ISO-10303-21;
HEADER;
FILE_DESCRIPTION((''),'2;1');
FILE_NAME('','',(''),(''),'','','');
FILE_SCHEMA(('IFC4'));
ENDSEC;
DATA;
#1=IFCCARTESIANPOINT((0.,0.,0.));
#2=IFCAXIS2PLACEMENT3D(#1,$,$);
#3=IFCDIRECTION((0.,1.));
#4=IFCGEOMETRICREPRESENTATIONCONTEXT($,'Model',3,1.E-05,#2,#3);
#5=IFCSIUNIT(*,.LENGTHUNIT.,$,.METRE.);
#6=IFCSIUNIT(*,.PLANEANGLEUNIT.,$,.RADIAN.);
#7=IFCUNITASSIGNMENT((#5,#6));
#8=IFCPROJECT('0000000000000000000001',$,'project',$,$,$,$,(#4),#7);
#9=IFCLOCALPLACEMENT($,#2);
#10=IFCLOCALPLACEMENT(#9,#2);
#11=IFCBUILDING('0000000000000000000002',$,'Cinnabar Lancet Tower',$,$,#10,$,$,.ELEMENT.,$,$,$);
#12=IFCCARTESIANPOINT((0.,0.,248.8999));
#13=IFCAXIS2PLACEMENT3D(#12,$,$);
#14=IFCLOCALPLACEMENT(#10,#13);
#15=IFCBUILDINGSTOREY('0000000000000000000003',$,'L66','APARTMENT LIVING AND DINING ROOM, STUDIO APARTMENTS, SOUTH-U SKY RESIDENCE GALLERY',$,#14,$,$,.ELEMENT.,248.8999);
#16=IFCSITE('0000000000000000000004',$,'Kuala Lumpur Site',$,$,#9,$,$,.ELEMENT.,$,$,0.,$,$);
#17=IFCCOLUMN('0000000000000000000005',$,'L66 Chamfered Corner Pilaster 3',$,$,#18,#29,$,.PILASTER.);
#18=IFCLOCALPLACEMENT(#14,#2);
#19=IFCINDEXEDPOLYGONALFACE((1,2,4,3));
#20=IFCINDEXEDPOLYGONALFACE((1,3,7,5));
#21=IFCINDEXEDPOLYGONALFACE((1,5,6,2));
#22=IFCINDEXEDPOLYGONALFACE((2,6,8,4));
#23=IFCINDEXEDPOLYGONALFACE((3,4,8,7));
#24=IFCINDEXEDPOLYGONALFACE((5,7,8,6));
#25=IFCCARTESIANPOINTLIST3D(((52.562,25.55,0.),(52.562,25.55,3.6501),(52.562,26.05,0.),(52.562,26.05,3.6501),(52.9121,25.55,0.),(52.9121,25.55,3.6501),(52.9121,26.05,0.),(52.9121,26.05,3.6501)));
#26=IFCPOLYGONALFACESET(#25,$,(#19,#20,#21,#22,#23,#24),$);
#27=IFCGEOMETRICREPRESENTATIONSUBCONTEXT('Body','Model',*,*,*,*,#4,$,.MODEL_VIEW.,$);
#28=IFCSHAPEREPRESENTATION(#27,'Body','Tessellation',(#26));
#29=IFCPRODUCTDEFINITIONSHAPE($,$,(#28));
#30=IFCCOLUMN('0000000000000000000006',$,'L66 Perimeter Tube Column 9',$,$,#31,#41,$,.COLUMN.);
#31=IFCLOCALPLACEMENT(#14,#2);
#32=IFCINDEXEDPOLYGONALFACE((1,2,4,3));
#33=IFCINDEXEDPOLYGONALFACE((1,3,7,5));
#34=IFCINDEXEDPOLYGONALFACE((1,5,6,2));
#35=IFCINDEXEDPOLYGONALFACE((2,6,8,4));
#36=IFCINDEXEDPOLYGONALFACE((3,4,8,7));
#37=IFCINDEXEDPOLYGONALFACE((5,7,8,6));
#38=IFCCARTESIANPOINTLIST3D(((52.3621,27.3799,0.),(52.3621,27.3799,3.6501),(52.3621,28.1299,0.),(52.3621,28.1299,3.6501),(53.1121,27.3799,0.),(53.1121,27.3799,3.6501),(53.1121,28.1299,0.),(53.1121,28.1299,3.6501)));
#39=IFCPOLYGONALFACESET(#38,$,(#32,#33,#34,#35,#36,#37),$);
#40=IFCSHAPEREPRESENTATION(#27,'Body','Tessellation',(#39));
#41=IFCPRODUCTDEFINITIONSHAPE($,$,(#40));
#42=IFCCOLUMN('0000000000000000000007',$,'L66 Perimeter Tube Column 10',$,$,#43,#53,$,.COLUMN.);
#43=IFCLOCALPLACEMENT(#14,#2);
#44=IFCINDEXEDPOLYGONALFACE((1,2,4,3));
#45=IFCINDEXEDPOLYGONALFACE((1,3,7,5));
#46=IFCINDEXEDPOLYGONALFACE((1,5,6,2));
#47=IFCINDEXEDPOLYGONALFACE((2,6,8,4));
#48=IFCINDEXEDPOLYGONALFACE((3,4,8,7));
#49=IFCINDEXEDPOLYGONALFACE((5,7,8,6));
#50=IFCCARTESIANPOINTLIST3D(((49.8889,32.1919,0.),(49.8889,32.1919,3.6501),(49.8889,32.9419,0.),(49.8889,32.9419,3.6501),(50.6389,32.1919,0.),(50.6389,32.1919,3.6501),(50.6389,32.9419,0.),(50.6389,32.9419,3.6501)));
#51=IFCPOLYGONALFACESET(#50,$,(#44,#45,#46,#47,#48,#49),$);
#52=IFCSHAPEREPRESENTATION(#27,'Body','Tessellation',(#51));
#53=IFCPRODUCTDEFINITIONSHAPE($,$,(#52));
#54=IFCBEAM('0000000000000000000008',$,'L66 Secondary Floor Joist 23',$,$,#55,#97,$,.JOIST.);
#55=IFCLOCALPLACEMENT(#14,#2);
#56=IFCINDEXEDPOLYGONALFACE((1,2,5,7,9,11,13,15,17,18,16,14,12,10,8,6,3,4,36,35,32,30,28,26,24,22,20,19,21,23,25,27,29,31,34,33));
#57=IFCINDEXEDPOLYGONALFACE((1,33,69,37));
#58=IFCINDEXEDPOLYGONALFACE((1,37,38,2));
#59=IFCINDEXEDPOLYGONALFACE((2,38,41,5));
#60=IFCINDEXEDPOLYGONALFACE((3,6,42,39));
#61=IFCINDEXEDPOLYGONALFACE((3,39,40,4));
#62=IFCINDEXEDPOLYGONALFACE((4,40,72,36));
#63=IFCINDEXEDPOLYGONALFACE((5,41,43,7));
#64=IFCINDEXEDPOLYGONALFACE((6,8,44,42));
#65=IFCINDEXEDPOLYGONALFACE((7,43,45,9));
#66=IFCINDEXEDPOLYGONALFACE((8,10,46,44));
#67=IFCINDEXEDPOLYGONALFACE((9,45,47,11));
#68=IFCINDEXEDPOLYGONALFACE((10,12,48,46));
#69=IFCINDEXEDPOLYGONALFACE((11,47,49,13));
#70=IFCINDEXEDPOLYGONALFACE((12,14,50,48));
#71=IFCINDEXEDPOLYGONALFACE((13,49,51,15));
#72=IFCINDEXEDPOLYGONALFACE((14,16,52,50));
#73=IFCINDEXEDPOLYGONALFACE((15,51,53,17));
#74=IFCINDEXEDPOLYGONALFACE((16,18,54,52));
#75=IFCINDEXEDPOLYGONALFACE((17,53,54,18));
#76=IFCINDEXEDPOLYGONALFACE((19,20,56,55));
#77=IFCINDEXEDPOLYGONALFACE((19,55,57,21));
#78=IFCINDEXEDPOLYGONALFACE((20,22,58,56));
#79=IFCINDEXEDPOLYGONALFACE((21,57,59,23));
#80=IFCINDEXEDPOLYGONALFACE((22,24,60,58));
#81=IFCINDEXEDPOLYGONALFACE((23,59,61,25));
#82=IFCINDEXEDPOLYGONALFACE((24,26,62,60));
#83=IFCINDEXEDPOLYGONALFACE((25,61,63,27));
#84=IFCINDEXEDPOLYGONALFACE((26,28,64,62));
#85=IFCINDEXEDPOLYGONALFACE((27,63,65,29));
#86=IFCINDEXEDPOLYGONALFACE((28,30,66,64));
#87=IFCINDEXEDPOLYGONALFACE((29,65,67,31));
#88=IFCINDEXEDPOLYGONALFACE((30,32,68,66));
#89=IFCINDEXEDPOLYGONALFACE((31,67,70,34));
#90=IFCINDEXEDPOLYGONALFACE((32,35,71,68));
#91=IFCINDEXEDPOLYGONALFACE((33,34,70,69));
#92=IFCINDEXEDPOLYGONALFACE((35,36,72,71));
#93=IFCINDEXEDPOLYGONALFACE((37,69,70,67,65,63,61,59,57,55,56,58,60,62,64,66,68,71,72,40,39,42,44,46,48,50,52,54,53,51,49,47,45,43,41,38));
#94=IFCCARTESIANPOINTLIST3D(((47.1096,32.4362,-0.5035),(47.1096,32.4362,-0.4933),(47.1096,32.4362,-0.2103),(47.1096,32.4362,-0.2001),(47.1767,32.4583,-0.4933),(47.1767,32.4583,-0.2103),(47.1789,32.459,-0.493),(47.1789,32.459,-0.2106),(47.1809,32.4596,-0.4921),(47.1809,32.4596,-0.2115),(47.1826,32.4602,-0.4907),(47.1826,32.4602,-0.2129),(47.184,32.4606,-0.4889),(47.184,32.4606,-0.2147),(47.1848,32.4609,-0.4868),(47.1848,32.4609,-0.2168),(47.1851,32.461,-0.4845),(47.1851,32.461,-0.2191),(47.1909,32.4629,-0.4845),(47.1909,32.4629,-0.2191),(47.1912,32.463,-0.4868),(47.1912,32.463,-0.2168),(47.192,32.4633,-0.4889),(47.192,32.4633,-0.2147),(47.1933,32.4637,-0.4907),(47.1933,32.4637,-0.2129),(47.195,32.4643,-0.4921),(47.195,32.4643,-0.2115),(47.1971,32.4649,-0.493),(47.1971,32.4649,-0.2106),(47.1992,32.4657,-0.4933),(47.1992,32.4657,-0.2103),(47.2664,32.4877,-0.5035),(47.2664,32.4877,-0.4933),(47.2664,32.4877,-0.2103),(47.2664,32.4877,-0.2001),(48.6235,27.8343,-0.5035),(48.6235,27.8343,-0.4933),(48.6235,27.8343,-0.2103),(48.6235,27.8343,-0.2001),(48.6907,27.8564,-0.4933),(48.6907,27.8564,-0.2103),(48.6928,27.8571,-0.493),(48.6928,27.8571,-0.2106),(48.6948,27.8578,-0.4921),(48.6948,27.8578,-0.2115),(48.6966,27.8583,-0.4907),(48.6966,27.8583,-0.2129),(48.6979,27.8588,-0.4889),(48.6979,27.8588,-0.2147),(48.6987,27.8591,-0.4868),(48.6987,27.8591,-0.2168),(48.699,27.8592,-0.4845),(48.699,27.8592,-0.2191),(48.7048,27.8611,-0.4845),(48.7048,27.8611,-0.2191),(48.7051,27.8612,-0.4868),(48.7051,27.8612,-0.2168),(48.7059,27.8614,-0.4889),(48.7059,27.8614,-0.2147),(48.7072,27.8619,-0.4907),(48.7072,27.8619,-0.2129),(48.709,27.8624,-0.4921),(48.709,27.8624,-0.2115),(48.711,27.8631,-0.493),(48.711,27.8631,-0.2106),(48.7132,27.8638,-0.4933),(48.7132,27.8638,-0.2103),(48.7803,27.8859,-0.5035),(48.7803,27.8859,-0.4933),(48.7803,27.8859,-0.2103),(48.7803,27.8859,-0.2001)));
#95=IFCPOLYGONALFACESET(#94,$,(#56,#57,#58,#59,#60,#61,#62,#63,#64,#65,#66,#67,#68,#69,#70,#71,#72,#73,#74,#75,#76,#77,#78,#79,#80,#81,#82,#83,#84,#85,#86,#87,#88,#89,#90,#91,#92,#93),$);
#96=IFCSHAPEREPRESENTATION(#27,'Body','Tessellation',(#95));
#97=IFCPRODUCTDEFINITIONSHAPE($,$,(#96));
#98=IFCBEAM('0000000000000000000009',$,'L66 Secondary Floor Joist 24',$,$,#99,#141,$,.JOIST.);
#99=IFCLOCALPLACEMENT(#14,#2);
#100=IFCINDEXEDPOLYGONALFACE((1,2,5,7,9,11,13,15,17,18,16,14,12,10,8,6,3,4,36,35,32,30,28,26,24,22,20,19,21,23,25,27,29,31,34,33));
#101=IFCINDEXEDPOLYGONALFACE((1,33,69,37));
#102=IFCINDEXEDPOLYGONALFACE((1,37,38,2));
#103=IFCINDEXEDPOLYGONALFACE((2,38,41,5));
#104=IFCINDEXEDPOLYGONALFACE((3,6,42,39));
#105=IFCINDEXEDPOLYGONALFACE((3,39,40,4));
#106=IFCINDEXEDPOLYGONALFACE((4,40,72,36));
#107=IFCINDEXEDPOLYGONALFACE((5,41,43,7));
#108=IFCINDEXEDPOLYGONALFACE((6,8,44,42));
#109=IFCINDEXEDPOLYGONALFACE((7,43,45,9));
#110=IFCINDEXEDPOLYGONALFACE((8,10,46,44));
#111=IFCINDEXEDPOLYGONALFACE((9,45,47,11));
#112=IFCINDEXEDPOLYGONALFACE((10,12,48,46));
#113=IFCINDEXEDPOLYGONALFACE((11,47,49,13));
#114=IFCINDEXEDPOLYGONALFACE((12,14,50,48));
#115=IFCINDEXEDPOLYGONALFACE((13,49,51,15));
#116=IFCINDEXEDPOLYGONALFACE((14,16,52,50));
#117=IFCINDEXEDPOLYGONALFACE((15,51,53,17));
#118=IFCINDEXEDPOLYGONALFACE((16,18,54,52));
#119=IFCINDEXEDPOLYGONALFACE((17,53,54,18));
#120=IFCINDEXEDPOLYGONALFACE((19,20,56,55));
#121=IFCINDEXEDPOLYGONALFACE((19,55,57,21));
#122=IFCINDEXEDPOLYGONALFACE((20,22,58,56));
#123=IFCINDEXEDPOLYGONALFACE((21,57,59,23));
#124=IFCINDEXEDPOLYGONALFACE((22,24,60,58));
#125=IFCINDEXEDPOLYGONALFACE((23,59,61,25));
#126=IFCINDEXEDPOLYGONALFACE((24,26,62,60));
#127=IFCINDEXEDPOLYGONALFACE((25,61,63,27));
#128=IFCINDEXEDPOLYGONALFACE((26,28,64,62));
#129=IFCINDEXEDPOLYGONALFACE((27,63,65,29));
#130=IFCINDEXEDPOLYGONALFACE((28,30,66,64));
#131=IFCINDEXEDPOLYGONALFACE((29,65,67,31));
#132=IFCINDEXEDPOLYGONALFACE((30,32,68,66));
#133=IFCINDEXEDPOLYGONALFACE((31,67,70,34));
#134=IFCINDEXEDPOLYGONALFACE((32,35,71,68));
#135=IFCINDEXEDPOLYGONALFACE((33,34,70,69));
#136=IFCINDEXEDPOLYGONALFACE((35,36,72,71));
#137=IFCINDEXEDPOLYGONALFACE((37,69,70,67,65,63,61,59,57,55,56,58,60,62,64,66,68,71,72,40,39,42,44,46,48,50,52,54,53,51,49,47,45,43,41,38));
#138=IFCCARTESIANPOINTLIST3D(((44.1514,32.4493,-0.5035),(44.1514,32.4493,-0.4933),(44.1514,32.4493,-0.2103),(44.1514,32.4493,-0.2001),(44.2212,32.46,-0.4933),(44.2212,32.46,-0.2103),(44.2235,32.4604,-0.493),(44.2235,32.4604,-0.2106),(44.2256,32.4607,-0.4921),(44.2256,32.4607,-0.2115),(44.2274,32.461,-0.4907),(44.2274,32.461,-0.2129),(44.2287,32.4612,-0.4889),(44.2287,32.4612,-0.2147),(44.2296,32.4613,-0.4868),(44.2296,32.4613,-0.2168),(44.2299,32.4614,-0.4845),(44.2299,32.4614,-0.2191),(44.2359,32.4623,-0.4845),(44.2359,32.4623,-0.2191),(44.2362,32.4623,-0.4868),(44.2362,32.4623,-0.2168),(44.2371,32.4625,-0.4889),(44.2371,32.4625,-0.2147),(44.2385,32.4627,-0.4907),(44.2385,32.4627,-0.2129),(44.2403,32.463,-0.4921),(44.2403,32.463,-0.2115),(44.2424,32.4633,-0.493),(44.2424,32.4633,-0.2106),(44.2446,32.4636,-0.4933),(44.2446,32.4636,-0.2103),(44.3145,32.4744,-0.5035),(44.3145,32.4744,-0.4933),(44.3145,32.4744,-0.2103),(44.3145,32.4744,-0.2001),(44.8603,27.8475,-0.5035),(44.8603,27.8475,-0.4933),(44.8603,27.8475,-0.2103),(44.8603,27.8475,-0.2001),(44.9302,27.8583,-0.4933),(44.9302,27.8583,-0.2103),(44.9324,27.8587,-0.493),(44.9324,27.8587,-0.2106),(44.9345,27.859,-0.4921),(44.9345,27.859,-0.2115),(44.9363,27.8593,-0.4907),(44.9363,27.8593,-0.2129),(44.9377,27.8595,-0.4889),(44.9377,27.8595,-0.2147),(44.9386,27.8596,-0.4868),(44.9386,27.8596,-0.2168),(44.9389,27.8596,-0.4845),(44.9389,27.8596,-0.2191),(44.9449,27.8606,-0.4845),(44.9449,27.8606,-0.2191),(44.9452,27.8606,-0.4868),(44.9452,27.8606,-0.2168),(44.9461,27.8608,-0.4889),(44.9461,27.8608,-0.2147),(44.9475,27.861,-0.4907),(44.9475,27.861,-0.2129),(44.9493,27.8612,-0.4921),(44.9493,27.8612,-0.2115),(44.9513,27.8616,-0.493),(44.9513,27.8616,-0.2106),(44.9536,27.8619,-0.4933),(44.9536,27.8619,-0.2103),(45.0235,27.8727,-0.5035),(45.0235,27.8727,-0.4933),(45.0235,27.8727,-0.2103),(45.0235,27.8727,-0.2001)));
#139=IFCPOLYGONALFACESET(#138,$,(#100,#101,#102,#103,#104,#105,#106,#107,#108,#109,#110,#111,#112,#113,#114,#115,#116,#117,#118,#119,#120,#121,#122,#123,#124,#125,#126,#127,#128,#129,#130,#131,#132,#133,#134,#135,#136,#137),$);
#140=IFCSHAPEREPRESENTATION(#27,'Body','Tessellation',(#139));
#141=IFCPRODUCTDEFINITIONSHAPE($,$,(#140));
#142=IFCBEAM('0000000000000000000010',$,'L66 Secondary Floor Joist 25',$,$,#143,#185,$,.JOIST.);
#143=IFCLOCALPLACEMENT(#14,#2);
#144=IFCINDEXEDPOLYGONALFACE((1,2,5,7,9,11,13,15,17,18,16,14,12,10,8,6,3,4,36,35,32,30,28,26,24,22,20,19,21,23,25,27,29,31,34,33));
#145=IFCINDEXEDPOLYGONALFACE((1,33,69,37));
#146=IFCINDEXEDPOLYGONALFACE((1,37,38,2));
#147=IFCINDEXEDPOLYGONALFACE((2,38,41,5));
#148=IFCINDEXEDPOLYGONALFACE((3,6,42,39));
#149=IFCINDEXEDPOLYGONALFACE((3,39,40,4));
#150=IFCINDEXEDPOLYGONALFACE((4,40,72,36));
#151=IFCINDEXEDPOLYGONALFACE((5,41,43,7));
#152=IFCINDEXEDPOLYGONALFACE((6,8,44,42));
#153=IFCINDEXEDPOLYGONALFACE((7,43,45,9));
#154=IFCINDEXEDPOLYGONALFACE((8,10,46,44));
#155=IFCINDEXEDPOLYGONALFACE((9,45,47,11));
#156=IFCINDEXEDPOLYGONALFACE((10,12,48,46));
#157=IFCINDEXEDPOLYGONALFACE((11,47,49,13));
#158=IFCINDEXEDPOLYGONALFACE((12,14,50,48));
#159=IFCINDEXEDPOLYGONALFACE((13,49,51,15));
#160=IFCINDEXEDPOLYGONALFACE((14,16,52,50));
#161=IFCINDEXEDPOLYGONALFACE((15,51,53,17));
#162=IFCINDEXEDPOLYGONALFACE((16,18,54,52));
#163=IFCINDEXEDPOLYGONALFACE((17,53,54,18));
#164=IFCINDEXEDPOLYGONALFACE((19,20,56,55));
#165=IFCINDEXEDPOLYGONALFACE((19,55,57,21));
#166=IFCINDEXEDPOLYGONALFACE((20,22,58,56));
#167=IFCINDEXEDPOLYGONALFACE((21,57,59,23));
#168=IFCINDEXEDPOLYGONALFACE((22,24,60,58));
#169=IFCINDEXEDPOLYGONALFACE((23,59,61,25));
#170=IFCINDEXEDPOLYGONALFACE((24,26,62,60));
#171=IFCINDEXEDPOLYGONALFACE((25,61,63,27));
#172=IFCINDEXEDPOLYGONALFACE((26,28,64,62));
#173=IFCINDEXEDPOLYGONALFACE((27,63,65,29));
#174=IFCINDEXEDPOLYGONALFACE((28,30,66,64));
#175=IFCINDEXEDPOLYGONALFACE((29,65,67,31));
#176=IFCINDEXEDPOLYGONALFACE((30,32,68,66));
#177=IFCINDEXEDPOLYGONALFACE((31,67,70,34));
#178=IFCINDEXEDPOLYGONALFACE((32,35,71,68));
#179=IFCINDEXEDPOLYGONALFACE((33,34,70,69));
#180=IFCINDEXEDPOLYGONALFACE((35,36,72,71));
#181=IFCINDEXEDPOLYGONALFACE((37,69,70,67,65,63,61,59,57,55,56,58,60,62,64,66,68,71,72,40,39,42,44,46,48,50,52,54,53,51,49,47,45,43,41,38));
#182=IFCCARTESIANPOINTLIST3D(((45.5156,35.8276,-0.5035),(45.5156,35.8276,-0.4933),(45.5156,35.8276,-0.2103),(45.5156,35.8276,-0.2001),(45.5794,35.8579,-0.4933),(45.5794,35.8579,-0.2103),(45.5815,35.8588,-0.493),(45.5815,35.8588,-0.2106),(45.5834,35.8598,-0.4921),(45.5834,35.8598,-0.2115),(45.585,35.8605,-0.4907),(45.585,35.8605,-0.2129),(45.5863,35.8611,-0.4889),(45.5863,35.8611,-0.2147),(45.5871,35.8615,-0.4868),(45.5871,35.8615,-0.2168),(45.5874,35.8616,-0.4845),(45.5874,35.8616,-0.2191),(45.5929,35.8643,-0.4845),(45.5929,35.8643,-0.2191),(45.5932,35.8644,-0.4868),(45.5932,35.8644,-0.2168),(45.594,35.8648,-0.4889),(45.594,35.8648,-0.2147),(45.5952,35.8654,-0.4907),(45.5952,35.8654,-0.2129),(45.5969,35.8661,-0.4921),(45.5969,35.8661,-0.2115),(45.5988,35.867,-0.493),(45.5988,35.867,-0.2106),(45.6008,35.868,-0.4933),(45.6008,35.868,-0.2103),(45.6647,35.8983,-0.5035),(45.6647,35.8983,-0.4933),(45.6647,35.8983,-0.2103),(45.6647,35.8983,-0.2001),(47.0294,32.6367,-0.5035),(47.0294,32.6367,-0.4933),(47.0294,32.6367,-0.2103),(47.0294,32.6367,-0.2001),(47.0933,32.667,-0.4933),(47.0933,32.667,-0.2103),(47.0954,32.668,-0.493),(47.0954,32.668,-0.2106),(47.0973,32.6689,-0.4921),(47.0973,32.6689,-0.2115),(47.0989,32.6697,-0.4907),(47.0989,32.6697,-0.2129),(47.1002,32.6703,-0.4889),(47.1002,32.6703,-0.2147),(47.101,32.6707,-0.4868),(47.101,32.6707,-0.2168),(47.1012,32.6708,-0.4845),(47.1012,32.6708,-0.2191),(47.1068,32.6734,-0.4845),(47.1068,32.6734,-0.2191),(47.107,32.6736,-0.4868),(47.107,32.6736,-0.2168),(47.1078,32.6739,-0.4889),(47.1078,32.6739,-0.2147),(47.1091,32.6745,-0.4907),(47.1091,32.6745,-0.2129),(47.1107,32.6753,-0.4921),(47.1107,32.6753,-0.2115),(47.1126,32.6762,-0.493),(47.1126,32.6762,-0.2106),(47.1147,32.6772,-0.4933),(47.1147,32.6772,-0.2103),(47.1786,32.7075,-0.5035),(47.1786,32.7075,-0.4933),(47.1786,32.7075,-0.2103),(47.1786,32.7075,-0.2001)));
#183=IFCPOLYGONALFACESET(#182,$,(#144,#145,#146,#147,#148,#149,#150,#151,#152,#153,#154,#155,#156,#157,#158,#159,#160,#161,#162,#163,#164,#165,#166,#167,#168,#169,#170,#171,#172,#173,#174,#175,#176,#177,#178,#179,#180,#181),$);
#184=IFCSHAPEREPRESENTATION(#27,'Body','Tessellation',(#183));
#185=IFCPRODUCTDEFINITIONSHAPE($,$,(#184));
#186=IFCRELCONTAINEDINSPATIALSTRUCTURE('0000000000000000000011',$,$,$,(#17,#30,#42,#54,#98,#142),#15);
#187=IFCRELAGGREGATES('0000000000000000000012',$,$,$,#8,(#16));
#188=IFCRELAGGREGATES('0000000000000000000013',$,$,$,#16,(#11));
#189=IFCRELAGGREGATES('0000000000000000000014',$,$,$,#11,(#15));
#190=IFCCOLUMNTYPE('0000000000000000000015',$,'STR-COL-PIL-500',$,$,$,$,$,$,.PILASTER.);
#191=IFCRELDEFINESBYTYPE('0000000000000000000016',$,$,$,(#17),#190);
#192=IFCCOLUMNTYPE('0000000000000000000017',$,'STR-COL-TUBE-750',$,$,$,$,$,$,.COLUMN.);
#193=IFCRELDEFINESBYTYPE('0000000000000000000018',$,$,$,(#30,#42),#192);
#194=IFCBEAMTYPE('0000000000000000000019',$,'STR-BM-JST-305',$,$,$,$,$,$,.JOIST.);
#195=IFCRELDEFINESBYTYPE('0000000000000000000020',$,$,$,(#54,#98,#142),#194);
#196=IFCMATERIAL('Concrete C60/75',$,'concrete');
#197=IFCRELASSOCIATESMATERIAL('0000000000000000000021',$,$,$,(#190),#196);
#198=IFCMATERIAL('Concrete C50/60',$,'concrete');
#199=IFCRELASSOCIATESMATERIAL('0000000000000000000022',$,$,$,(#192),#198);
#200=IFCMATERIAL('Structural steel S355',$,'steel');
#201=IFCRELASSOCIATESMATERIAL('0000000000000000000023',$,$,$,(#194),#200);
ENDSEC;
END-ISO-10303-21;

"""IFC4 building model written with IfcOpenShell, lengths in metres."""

from ifc_helpers import new_model, si_unit, direction, frame, origin, origin_2d, place, context, subcontext, project, spatial, rectangle, i_section, extrude, material, material_profile, profile_set, type_object, element, save


model = new_model("IFC4")

# Units and contexts
model_context = context("Model", 3, precision=1e-05, world=origin(), true_north=direction((0.0, 1.0)))
body_context = subcontext(model_context, "Body", "Model", "MODEL_VIEW")
ifc_project = project(units=[si_unit("LENGTHUNIT", "METRE"), si_unit("PLANEANGLEUNIT", "RADIAN")], contexts=[model_context])

# Site, building, storey
site_placement = place(None, origin())
site = spatial("IfcSite", under=ifc_project, at=site_placement, Name="Kuala Lumpur Site", CompositionType="ELEMENT", RefElevation=0.0)
building_placement = place(site_placement, origin())
building = spatial("IfcBuilding", under=site, at=building_placement, Name="Cinnabar Lancet Tower", CompositionType="ELEMENT")
storey_placement = place(building_placement, frame((0.0, 0.0, 248.8999)))
storey = spatial("IfcBuildingStorey", under=building, at=storey_placement, Name="L66", Description="APARTMENT LIVING AND DINING ROOM, STUDIO APARTMENTS, SOUTH-U SKY RESIDENCE GALLERY", CompositionType="ELEMENT", Elevation=248.8999)

# Columns
ifc_material_1 = material(Name="Concrete C60/75", Category="concrete")
ifc_material_profile_1 = material_profile(ifc_material_1, rectangle(XDim=0.5, YDim=0.3501, at=origin_2d()), Name="RC-PIL 500x350")
ifc_profile_set_1 = profile_set([ifc_material_profile_1], Name="Concrete C60/75")
column_type_1 = type_object("IfcColumnType", Name="STR-COL-PIL-500", PredefinedType="PILASTER", material=ifc_profile_set_1)
column_placement = place(storey_placement, frame((52.7371, 25.8, 0.0), z_axis=(0.0, 0.0, 1.0), x_axis=(0.0, 1.0, 0.0)))
element("IfcColumn", 1, at=column_placement, inside=storey, type_object=column_type_1, Name="L66 Chamfered Corner Pilaster 3", PredefinedType="PILASTER", context=body_context, shape_type="SweptSolid", body=[
    extrude(rectangle(XDim=0.5, YDim=0.3501, at=origin_2d()), origin(), (0.0, 0.0, 1.0), 3.6501),
])
ifc_material_2 = material(Name="Concrete C50/60", Category="concrete")
ifc_material_profile_2 = material_profile(ifc_material_2, rectangle(XDim=0.75, YDim=0.75, at=origin_2d()), Name="RC-COL 750x750")
ifc_profile_set_2 = profile_set([ifc_material_profile_2], Name="Concrete C50/60")
column_type_2 = type_object("IfcColumnType", Name="STR-COL-TUBE-750", PredefinedType="COLUMN", material=ifc_profile_set_2)
for number, where, z_axis, x_axis, name in (
    (2, (52.7371, 27.7549, 0.0), (0.0, 0.0, 1.0), (1.0, 0.0, 0.0), "L66 Perimeter Tube Column 9"),
    (3, (50.2639, 32.5669, 0.0), (0.0, 0.0, 1.0), (1.0, 0.0, 0.0), "L66 Perimeter Tube Column 10"),
):
    element("IfcColumn", number, at=place(storey_placement, frame(where, z_axis=z_axis, x_axis=x_axis)), inside=storey, type_object=column_type_2, Name=name, PredefinedType="COLUMN", context=body_context, shape_type="SweptSolid", body=[
        extrude(rectangle(XDim=0.75, YDim=0.75, at=origin_2d()), origin(), (0.0, 0.0, 1.0), 3.6501),
    ])

# Beams
ifc_material_3 = material(Name="Structural steel S355", Category="steel")
ifc_material_profile_3 = material_profile(ifc_material_3, i_section(OverallWidth=0.165, OverallDepth=0.3035, WebThickness=0.0061, FlangeThickness=0.0103, FilletRadius=0.0088, at=origin_2d()), Name="UKB 305x165x40")
ifc_profile_set_3 = profile_set([ifc_material_profile_3], Name="Structural steel S355")
beam_type_1 = type_object("IfcBeamType", Name="STR-BM-JST-305", PredefinedType="JOIST", material=ifc_profile_set_3)
beam_1_placement = place(storey_placement, frame((48.7019, 27.8601, -0.3518), z_axis=(-0.312506, 0.949916, 0.0), x_axis=(-0.949916, -0.312506, 0.0)))
element("IfcBeam", 4, at=beam_1_placement, inside=storey, type_object=beam_type_1, Name="L66 Secondary Floor Joist 23", PredefinedType="JOIST", context=body_context, shape_type="SweptSolid", body=[
    extrude(i_section(OverallWidth=0.165, OverallDepth=0.3035, WebThickness=0.0061, FlangeThickness=0.0103, FilletRadius=0.0088, at=origin_2d()), origin(), (0.0, 0.0, 1.0), 4.8445),
])
beam_2_placement = place(storey_placement, frame((44.9419, 27.8601, -0.3518), z_axis=(-0.15227, 0.988339, 0.0), x_axis=(-0.988339, -0.15227, 0.0)))
element("IfcBeam", 5, at=beam_2_placement, inside=storey, type_object=beam_type_1, Name="L66 Secondary Floor Joist 24", PredefinedType="JOIST", context=body_context, shape_type="SweptSolid", body=[
    extrude(i_section(OverallWidth=0.165, OverallDepth=0.3035, WebThickness=0.0061, FlangeThickness=0.0103, FilletRadius=0.0088, at=origin_2d()), origin(), (0.0, 0.0, 1.0), 4.656),
])
beam_3_placement = place(storey_placement, frame((47.104, 32.6721, -0.3518), z_axis=(-0.428648, 0.903472, 0.0), x_axis=(-0.903472, -0.428648, 0.0)))
element("IfcBeam", 6, at=beam_3_placement, inside=storey, type_object=beam_type_1, Name="L66 Secondary Floor Joist 25", PredefinedType="JOIST", context=body_context, shape_type="SweptSolid", body=[
    extrude(i_section(OverallWidth=0.165, OverallDepth=0.3035, WebThickness=0.0061, FlangeThickness=0.0103, FilletRadius=0.0088, at=origin_2d()), origin(), (0.0, 0.0, 1.0), 3.5317),
])

save(model, "model.ifc")
